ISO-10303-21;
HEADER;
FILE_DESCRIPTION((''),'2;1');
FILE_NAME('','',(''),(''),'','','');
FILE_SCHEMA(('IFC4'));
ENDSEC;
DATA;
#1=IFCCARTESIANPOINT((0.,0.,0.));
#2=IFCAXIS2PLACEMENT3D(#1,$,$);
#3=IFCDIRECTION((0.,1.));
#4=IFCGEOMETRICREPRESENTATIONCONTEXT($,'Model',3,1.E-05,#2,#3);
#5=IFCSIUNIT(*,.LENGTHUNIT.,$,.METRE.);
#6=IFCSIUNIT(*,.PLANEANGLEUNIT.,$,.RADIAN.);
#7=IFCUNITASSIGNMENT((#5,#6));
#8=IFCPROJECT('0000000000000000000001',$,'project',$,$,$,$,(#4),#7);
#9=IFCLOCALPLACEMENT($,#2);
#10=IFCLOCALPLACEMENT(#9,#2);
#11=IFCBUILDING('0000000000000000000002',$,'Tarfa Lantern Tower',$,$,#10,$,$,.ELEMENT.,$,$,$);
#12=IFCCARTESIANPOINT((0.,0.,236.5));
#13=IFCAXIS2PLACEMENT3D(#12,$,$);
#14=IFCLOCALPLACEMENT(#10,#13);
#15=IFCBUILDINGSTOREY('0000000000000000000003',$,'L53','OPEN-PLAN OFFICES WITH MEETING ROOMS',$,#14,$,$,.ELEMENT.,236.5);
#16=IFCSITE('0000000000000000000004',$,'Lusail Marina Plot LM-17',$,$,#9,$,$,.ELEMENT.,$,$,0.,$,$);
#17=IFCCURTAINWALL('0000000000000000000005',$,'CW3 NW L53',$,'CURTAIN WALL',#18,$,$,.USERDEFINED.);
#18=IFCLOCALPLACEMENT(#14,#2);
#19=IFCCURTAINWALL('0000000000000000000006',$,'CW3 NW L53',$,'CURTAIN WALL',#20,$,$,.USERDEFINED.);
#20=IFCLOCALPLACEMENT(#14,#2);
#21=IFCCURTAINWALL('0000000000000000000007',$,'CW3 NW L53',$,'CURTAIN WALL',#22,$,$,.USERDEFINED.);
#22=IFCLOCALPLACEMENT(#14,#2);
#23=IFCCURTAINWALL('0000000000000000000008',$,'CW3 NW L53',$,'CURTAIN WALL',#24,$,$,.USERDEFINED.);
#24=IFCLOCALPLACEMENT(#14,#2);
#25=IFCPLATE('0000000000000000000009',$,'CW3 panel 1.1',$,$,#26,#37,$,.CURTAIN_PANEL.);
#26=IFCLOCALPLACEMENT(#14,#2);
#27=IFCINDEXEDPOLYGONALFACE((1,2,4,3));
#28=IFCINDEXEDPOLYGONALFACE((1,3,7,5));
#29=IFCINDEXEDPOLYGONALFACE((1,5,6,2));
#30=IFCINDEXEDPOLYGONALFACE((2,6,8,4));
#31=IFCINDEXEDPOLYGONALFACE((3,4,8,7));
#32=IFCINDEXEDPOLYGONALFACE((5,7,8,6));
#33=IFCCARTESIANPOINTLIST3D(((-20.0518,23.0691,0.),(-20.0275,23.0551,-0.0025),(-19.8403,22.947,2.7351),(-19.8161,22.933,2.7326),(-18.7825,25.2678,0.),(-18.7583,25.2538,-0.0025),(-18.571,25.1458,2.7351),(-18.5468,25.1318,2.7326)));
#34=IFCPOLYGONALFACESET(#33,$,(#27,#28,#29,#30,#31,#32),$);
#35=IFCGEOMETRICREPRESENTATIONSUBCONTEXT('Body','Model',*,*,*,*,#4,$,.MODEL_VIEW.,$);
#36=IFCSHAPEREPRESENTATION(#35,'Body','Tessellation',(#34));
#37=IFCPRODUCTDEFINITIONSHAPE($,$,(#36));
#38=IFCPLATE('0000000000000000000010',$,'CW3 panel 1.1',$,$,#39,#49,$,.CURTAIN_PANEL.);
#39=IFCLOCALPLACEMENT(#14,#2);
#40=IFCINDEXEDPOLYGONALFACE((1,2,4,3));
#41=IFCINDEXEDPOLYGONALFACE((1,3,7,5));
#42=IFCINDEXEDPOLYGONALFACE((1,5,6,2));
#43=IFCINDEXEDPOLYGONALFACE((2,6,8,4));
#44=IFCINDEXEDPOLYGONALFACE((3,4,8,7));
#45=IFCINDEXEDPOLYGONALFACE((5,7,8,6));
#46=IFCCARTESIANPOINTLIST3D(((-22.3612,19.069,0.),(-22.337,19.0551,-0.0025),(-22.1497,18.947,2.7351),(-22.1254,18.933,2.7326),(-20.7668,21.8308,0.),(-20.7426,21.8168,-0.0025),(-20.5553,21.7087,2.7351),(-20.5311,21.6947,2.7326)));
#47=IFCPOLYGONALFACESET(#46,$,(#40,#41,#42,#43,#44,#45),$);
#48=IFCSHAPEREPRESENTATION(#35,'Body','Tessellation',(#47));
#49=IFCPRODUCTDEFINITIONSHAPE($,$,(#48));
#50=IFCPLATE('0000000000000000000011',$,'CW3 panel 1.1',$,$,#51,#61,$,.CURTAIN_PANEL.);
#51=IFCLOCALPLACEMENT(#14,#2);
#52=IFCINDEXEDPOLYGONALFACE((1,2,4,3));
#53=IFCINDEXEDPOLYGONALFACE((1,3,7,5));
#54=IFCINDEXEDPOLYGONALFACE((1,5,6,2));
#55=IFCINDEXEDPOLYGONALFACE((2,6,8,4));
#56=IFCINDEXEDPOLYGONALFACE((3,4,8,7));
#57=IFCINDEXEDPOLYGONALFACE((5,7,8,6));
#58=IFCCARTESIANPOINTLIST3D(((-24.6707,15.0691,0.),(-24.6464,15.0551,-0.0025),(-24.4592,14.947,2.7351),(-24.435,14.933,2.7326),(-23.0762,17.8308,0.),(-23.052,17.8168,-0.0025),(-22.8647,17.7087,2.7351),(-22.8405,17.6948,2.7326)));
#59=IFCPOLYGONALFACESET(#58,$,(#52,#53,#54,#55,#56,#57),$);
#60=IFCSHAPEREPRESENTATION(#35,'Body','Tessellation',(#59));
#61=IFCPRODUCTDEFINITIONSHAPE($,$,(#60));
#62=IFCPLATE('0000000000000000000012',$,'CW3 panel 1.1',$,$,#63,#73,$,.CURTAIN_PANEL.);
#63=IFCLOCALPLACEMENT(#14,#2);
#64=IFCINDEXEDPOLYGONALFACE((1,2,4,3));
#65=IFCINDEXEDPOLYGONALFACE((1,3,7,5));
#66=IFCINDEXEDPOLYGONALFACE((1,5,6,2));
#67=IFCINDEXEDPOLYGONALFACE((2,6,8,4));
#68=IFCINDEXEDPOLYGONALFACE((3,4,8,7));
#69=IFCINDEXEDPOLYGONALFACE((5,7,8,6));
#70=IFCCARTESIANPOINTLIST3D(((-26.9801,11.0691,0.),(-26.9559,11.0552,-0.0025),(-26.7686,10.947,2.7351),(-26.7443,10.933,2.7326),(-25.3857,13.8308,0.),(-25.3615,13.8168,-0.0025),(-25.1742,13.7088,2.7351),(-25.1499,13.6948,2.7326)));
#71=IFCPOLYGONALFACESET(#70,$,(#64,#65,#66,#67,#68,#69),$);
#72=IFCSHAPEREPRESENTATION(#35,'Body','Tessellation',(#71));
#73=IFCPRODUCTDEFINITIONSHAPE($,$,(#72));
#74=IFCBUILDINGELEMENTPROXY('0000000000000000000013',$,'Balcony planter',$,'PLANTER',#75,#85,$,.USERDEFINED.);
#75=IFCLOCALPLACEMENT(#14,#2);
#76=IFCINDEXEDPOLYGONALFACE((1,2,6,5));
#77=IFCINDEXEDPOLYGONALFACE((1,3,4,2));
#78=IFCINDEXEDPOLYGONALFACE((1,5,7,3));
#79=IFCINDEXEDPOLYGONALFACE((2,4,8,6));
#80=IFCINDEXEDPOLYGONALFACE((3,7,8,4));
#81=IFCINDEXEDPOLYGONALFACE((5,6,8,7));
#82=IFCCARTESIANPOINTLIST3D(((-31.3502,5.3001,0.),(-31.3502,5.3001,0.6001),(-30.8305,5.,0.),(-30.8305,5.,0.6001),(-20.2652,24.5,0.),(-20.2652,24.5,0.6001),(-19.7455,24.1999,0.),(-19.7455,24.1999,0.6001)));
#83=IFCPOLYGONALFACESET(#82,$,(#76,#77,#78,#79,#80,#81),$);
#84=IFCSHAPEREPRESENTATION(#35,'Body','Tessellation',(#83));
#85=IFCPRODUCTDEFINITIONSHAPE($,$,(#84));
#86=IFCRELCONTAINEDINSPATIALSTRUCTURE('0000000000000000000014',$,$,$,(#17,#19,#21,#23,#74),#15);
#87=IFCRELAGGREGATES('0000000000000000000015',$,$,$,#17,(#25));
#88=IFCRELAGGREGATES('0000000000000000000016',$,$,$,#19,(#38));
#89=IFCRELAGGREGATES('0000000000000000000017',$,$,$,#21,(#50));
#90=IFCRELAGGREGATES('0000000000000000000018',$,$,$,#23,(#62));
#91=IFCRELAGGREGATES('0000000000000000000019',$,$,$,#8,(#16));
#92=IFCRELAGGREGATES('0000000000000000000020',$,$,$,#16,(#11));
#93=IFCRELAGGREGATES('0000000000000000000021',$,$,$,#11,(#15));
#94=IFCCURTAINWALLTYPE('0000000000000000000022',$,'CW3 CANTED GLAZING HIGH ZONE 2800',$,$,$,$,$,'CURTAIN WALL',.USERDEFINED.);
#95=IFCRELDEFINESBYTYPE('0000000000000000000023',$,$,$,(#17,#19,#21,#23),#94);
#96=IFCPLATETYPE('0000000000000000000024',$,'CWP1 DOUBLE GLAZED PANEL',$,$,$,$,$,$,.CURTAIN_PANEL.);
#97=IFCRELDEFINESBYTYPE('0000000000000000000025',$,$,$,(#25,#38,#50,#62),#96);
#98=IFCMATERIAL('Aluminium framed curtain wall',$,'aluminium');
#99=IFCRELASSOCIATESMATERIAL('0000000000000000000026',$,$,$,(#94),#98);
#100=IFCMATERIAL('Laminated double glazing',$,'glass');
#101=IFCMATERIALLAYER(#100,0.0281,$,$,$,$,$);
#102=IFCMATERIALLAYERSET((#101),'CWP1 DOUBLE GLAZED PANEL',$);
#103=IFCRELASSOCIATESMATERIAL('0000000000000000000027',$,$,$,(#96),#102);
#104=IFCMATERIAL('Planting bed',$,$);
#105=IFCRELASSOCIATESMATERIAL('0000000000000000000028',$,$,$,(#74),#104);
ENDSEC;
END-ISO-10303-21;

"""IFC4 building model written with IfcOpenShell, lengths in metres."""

from ifc_helpers import new_model, si_unit, direction, frame, origin, origin_2d, place, context, subcontext, project, spatial, polyline, rectangle, outline, extrude, material, layer, layer_set, type_object, element, aggregate, save


model = new_model("IFC4")

# Units and contexts
model_context = context("Model", 3, precision=1e-05, world=origin(), true_north=direction((0.0, 1.0)))
body_context = subcontext(model_context, "Body", "Model", "MODEL_VIEW")
ifc_project = project(units=[si_unit("LENGTHUNIT", "METRE"), si_unit("PLANEANGLEUNIT", "RADIAN")], contexts=[model_context])

# Site, building, storey
site_placement = place(None, origin())
site = spatial("IfcSite", under=ifc_project, at=site_placement, Name="Lusail Marina Plot LM-17", CompositionType="ELEMENT", RefElevation=0.0)
building_placement = place(site_placement, origin())
building = spatial("IfcBuilding", under=site, at=building_placement, Name="Tarfa Lantern Tower", CompositionType="ELEMENT")
storey_placement = place(building_placement, frame((0.0, 0.0, 236.5)))
storey = spatial("IfcBuildingStorey", under=building, at=storey_placement, Name="L53", Description="OPEN-PLAN OFFICES WITH MEETING ROOMS", CompositionType="ELEMENT", Elevation=236.5)

# Curtain wall
ifc_material_1 = material(Name="Aluminium framed curtain wall", Category="aluminium")
curtain_wall_type = type_object("IfcCurtainWallType", Name="CW3 CANTED GLAZING HIGH ZONE 2800", ElementType="CURTAIN WALL", PredefinedType="USERDEFINED", material=ifc_material_1)
curtain_wall_1_placement = place(storey_placement, origin())
curtain_wall_1 = element("IfcCurtainWall", 1, at=curtain_wall_1_placement, inside=storey, type_object=curtain_wall_type, Name="CW3 NW L53", ObjectType="CURTAIN WALL", PredefinedType="USERDEFINED")

# Curtain walls
curtain_wall_2_placement = place(storey_placement, origin())
curtain_wall_2 = element("IfcCurtainWall", 2, at=curtain_wall_2_placement, inside=storey, type_object=curtain_wall_type, Name="CW3 NW L53", ObjectType="CURTAIN WALL", PredefinedType="USERDEFINED")
curtain_wall_3_placement = place(storey_placement, origin())
curtain_wall_3 = element("IfcCurtainWall", 3, at=curtain_wall_3_placement, inside=storey, type_object=curtain_wall_type, Name="CW3 NW L53", ObjectType="CURTAIN WALL", PredefinedType="USERDEFINED")

# Curtain wall
curtain_wall_4_placement = place(storey_placement, origin())
curtain_wall_4 = element("IfcCurtainWall", 4, at=curtain_wall_4_placement, inside=storey, type_object=curtain_wall_type, Name="CW3 NW L53", ObjectType="CURTAIN WALL", PredefinedType="USERDEFINED")

# Plates
ifc_material_2 = material(Name="Laminated double glazing", Category="glass")
ifc_layer = layer(ifc_material_2, 0.0281)
ifc_layer_set = layer_set([ifc_layer], Name="CWP1 DOUBLE GLAZED PANEL")
plate_type = type_object("IfcPlateType", Name="CWP1 DOUBLE GLAZED PANEL", PredefinedType="CURTAIN_PANEL", material=ifc_layer_set)
plate_1_placement = place(storey_placement, frame((-18.7825, 25.2678, 0.0), z_axis=(-0.862622, 0.497976, 0.088906), x_axis=(-0.499956, -0.866051, 0.0)))
plate_1 = element("IfcPlate", 5, at=plate_1_placement, type_object=plate_type, Name="CW3 panel 1.1", PredefinedType="CURTAIN_PANEL", context=body_context, shape_type="SweptSolid", body=[
    extrude(outline(polyline([(0.0, 0.0), (2.5388, 0.0), (2.5388, 2.746), (0.0, 2.746), (0.0, 0.0)])), origin(), (0.0, 0.0, -1.0), 0.0281),
])
aggregate(curtain_wall_1, [plate_1])
plate_2_placement = place(storey_placement, frame((-20.7668, 21.8308, 0.0), z_axis=(-0.862609, 0.49799, 0.088945), x_axis=(-0.499972, -0.866041, -0.000003)))
plate_2 = element("IfcPlate", 6, at=plate_2_placement, type_object=plate_type, Name="CW3 panel 1.1", PredefinedType="CURTAIN_PANEL", context=body_context, shape_type="SweptSolid", body=[
    extrude(outline(polyline([(0.0, 0.0), (3.189, 0.0), (3.1888, 2.746), (0.0, 2.746), (0.0, 0.0)])), origin(), (0.0, 0.0, -1.0), 0.0281),
])
aggregate(curtain_wall_2, [plate_2])
plate_3_placement = place(storey_placement, frame((-23.0762, 17.8308, 0.0), z_axis=(-0.862595, 0.498021, 0.088906), x_axis=(-0.500001, -0.866025, 0.0)))
plate_3 = element("IfcPlate", 7, at=plate_3_placement, type_object=plate_type, Name="CW3 panel 1.1", PredefinedType="CURTAIN_PANEL", context=body_context, shape_type="SweptSolid", body=[
    extrude(outline(polyline([(0.0, 0.0), (3.189, 0.0), (3.189, 2.746), (0.0, 2.746), (0.0, 0.0)])), origin(), (0.0, 0.0, -1.0), 0.0281),
])
aggregate(curtain_wall_3, [plate_3])
plate_4_placement = place(storey_placement, frame((-25.3857, 13.8308, 0.0), z_axis=(-0.862609, 0.49799, 0.088945), x_axis=(-0.499972, -0.866042, 0.000003)))
plate_4 = element("IfcPlate", 8, at=plate_4_placement, type_object=plate_type, Name="CW3 panel 1.1", PredefinedType="CURTAIN_PANEL", context=body_context, shape_type="SweptSolid", body=[
    extrude(outline(polyline([(0.0, 0.0), (3.1888, 0.0), (3.1889, 2.746), (-0.0001, 2.746), (0.0, 0.0)])), origin(), (0.0, 0.0, -1.0), 0.0281),
])
aggregate(curtain_wall_4, [plate_4])

# Building element proxy
ifc_material_3 = material(Name="Planting bed")
proxy_placement = place(storey_placement, frame((-25.5479, 14.75, 0.0), z_axis=(0.0, 0.0, 1.0), x_axis=(-0.5, -0.866025, 0.0)))
element("IfcBuildingElementProxy", 9, at=proxy_placement, inside=storey, material=ifc_material_3, Name="Balcony planter", ObjectType="PLANTER", PredefinedType="USERDEFINED", context=body_context, shape_type="SweptSolid", body=[
    extrude(rectangle(XDim=22.1702, YDim=0.6001, at=origin_2d()), origin(), (0.0, 0.0, 1.0), 0.6001),
])

save(model, "model.ifc")
